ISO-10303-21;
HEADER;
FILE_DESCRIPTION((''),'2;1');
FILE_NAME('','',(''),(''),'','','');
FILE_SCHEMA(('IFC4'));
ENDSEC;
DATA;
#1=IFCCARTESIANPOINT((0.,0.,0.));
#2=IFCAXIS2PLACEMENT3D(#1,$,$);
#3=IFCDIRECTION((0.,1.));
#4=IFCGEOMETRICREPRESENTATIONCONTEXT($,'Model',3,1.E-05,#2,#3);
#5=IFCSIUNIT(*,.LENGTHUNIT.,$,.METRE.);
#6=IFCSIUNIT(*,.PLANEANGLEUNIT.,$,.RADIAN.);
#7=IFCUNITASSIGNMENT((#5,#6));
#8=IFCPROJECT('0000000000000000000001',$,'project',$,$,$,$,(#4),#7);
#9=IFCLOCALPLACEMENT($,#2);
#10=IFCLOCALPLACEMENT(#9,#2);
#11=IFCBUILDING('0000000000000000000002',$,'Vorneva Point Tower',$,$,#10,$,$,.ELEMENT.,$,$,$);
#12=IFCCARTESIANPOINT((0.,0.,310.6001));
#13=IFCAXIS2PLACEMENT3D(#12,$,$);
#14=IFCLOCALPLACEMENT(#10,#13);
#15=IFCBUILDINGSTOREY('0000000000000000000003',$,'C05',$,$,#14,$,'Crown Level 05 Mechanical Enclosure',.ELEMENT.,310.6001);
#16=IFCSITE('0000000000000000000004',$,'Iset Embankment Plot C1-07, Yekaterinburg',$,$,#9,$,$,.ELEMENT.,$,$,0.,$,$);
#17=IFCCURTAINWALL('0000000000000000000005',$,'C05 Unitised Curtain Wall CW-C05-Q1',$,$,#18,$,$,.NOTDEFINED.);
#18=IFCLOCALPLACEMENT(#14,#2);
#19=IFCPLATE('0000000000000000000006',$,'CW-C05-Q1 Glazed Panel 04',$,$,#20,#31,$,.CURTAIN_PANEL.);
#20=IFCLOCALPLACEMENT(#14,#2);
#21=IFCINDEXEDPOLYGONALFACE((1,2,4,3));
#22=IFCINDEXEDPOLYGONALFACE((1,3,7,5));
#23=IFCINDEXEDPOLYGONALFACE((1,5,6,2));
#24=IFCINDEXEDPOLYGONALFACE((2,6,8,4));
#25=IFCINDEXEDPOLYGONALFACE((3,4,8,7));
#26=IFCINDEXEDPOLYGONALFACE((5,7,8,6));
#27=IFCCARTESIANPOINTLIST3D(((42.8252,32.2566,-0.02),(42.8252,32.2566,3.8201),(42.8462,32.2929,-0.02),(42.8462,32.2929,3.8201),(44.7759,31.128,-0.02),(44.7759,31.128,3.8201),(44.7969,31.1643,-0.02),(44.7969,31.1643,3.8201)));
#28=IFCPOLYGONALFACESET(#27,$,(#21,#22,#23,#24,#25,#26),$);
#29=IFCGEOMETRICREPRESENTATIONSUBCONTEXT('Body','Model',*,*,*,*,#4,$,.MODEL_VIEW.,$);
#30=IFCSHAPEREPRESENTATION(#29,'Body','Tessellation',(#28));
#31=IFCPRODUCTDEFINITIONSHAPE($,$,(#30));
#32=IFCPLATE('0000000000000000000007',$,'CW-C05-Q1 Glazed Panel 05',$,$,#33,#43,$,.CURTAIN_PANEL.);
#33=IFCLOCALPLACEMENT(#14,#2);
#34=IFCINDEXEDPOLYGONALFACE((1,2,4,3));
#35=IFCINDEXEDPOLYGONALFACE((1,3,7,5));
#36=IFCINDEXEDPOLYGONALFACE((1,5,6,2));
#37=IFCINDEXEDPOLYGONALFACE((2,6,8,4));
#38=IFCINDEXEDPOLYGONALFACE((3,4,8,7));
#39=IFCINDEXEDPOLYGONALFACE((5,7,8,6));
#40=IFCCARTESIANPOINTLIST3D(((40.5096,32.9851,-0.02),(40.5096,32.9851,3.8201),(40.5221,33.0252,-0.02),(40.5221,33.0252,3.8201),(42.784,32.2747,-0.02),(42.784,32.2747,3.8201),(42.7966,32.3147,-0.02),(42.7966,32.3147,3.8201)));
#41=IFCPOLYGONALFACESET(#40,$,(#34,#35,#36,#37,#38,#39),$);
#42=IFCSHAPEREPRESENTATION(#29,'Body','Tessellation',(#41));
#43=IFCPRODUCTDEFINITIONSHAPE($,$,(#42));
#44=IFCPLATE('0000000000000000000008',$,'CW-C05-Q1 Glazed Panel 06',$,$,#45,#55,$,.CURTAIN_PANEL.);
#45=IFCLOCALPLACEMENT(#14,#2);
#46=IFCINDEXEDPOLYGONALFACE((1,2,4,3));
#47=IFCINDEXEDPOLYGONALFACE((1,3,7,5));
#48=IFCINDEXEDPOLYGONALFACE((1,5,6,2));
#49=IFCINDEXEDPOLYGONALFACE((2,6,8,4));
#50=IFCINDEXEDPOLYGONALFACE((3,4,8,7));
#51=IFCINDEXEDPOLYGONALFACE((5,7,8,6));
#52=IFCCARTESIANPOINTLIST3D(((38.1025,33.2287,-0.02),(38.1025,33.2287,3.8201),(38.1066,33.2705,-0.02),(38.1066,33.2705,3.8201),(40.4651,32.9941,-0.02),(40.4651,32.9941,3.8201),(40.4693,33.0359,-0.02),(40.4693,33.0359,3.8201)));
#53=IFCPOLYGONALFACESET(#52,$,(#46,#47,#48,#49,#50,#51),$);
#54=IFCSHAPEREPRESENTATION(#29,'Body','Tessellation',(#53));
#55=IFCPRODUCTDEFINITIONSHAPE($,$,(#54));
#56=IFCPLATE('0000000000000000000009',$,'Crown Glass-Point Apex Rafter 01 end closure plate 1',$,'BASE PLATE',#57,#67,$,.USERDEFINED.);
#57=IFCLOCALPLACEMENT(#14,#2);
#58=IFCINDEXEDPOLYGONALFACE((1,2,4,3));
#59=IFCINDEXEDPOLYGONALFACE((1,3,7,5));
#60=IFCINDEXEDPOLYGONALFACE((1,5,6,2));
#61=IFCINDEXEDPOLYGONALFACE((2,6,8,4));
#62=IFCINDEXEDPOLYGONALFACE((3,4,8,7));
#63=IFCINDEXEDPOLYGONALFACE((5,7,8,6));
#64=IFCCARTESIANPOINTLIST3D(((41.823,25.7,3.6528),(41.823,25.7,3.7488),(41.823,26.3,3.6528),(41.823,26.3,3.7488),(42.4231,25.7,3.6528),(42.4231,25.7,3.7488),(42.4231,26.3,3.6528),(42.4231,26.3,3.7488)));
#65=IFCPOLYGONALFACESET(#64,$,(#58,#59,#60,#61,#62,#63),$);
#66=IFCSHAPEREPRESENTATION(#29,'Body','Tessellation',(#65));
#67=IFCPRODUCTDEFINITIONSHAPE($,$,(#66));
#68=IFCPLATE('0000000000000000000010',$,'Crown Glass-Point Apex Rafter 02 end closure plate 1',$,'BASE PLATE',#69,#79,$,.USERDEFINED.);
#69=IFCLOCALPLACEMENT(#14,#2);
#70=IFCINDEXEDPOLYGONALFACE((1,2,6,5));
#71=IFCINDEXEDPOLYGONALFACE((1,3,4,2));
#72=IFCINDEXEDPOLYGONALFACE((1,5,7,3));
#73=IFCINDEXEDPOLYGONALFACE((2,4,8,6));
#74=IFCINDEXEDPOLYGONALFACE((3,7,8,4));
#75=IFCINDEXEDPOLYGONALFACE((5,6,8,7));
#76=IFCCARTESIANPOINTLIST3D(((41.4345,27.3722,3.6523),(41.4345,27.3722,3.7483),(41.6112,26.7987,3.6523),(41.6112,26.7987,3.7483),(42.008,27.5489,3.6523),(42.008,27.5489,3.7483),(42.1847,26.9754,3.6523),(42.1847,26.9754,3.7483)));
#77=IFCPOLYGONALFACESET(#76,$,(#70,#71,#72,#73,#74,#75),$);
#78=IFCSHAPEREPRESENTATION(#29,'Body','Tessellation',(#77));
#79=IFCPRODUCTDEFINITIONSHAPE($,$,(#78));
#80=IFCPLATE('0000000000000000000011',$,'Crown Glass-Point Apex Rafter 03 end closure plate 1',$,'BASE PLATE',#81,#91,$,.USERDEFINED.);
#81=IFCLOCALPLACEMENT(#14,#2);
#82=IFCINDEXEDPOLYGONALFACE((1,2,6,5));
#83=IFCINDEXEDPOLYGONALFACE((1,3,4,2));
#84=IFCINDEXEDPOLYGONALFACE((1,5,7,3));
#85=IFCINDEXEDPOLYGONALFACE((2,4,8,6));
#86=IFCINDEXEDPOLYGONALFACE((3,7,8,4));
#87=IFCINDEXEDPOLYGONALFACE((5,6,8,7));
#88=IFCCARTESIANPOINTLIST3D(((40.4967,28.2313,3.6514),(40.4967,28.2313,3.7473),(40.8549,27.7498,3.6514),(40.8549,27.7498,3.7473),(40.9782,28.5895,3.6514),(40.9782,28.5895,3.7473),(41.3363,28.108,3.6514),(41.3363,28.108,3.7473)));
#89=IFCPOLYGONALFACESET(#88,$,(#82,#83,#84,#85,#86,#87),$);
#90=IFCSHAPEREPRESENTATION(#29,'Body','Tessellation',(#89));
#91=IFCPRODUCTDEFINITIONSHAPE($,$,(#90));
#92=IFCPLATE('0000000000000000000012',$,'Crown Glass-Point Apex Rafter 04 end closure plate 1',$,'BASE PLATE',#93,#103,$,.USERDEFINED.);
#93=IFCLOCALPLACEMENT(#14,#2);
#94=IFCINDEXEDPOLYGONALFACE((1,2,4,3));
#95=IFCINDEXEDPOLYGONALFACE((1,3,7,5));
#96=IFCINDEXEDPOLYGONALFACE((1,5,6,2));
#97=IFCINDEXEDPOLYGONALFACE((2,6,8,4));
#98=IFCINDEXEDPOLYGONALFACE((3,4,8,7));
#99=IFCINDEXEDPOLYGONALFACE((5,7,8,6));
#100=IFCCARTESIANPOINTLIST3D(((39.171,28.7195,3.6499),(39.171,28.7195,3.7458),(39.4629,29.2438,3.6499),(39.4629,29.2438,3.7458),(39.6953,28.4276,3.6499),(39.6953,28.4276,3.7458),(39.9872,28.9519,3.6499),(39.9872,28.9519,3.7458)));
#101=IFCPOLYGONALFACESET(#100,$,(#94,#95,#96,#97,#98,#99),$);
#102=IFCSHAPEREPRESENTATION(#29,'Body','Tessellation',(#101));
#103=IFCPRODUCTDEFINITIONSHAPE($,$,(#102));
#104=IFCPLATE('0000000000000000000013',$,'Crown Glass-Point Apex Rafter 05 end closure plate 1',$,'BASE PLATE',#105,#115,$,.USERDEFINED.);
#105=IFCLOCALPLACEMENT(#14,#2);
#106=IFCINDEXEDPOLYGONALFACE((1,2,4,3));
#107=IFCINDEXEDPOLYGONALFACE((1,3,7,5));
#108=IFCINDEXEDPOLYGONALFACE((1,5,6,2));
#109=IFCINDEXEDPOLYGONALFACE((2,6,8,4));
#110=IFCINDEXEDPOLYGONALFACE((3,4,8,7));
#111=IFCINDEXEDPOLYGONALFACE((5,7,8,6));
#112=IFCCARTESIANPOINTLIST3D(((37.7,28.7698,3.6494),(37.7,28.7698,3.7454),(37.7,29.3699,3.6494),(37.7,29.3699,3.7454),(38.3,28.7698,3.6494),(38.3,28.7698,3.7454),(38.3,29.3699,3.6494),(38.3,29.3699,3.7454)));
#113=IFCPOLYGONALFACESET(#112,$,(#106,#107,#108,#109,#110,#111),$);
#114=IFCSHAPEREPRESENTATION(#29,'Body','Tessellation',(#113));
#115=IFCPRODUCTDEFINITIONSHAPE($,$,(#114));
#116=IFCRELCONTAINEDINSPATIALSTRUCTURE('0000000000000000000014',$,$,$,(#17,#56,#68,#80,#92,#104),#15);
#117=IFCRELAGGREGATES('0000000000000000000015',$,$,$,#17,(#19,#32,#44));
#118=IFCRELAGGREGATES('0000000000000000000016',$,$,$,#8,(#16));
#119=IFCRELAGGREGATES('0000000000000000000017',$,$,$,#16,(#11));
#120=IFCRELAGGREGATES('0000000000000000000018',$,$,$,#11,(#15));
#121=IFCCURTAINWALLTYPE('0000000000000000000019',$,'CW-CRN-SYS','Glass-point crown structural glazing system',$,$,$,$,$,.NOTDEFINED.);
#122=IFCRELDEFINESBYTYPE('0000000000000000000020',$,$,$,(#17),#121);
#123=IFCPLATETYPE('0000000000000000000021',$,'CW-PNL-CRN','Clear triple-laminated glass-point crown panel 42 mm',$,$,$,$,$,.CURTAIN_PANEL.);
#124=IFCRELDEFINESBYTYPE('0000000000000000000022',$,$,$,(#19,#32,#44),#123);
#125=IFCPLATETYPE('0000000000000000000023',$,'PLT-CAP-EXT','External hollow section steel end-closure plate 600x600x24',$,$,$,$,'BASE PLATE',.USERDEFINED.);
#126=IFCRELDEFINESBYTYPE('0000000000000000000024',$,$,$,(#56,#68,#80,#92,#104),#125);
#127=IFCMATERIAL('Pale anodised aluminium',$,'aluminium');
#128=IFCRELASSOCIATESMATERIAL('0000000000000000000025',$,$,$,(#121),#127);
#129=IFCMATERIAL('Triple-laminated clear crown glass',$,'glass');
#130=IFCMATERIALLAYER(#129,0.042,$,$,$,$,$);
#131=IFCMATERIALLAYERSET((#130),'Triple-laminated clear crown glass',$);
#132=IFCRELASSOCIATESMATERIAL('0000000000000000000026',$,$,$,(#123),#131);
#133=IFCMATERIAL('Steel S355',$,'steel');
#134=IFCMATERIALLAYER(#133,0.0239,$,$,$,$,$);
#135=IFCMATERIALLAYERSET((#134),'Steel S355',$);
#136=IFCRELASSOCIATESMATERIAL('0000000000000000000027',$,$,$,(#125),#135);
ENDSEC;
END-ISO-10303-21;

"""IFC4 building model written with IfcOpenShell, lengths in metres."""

from ifc_helpers import new_model, si_unit, direction, frame, origin, origin_2d, place, context, subcontext, project, spatial, rectangle, extrude, material, layer, layer_set, type_object, element, aggregate, save


model = new_model("IFC4")

# Units and contexts
model_context = context("Model", 3, precision=1e-05, world=origin(), true_north=direction((0.0, 1.0)))
body_context = subcontext(model_context, "Body", "Model", "MODEL_VIEW")
ifc_project = project(units=[si_unit("LENGTHUNIT", "METRE"), si_unit("PLANEANGLEUNIT", "RADIAN")], contexts=[model_context])

# Site, building, storey
site_placement = place(None, origin())
site = spatial("IfcSite", under=ifc_project, at=site_placement, Name="Iset Embankment Plot C1-07, Yekaterinburg", CompositionType="ELEMENT", RefElevation=0.0)
building_placement = place(site_placement, origin())
building = spatial("IfcBuilding", under=site, at=building_placement, Name="Vorneva Point Tower", CompositionType="ELEMENT")
storey_placement = place(building_placement, frame((0.0, 0.0, 310.6001)))
storey = spatial("IfcBuildingStorey", under=building, at=storey_placement, Name="C05", LongName="Crown Level 05 Mechanical Enclosure", CompositionType="ELEMENT", Elevation=310.6001)

# Shared definitions
ifc_material_1 = material(Name="Steel S355", Category="steel")

# Curtain wall
ifc_material_2 = material(Name="Pale anodised aluminium", Category="aluminium")
curtain_wall_type = type_object("IfcCurtainWallType", Name="CW-CRN-SYS", Description="Glass-point crown structural glazing system", PredefinedType="NOTDEFINED", material=ifc_material_2)
curtain_wall_placement = place(storey_placement, origin())
curtain_wall = element("IfcCurtainWall", 1, at=curtain_wall_placement, inside=storey, type_object=curtain_wall_type, Name="C05 Unitised Curtain Wall CW-C05-Q1", PredefinedType="NOTDEFINED")

# Plates
ifc_material_3 = material(Name="Triple-laminated clear crown glass", Category="glass")
ifc_layer_1 = layer(ifc_material_3, 0.042)
ifc_layer_set_1 = layer_set([ifc_layer_1], Name="Triple-laminated clear crown glass")
plate_type_1 = type_object("IfcPlateType", Name="CW-PNL-CRN", Description="Clear triple-laminated glass-point crown panel 42 mm", PredefinedType="CURTAIN_PANEL", material=ifc_layer_set_1)
plate_1_placement = place(storey_placement, frame((43.811, 31.7104, -0.02), z_axis=(0.0, 0.0, 1.0), x_axis=(-0.865563, 0.500801, 0.0)))
plate_1 = element("IfcPlate", 2, at=plate_1_placement, type_object=plate_type_1, Name="CW-C05-Q1 Glazed Panel 04", PredefinedType="CURTAIN_PANEL", context=body_context, shape_type="SweptSolid", body=[
    extrude(rectangle(XDim=2.2537, YDim=0.042, at=origin_2d()), origin(), (0.0, 0.0, 1.0), 3.8401),
])
plate_2_placement = place(storey_placement, frame((41.6531, 32.6499, -0.02), z_axis=(0.0, 0.0, 1.0), x_axis=(-0.954522, 0.298141, 0.0)))
plate_2 = element("IfcPlate", 3, at=plate_2_placement, type_object=plate_type_1, Name="CW-C05-Q1 Glazed Panel 05", PredefinedType="CURTAIN_PANEL", context=body_context, shape_type="SweptSolid", body=[
    extrude(rectangle(XDim=2.3828, YDim=0.042, at=origin_2d()), origin(), (0.0, 0.0, 1.0), 3.8401),
])
plate_3_placement = place(storey_placement, frame((39.2859, 33.1323, -0.02), z_axis=(0.0, 0.0, 1.0), x_axis=(-0.995107, 0.098799, 0.0)))
plate_3 = element("IfcPlate", 4, at=plate_3_placement, type_object=plate_type_1, Name="CW-C05-Q1 Glazed Panel 06", PredefinedType="CURTAIN_PANEL", context=body_context, shape_type="SweptSolid", body=[
    extrude(rectangle(XDim=2.3743, YDim=0.042, at=origin_2d()), origin(), (0.0, 0.0, 1.0), 3.8401),
])
aggregate(curtain_wall, [plate_1, plate_2, plate_3])

# Plates
ifc_layer_2 = layer(ifc_material_1, 0.0239)
ifc_layer_set_2 = layer_set([ifc_layer_2], Name="Steel S355")
plate_type_2 = type_object("IfcPlateType", Name="PLT-CAP-EXT", Description="External hollow section steel end-closure plate 600x600x24", ElementType="BASE PLATE", PredefinedType="USERDEFINED", material=ifc_layer_set_2)
for number, where, z_axis, x_axis, name in (
    (5, (42.123, 26.0, 3.6528), (0.0, 0.0, 1.0), (-1.0, 0.0, 0.0), "Crown Glass-Point Apex Rafter 01 end closure plate 1"),
    (6, (41.8096, 27.1738, 3.6523), (0.0, 0.0, 1.0), (-0.955659, -0.294474, 0.0), "Crown Glass-Point Apex Rafter 02 end closure plate 1"),
    (7, (40.9165, 28.1697, 3.6514), (0.0, 0.0, 1.0), (-0.802339, -0.596869, 0.0), "Crown Glass-Point Apex Rafter 03 end closure plate 1"),
    (8, (39.5791, 28.8357, 3.6499), (0.0, 0.0, 1.0), (-0.486488, -0.873687, 0.0), "Crown Glass-Point Apex Rafter 04 end closure plate 1"),
    (9, (38.0, 29.0698, 3.6494), (0.0, 0.0, 1.0), (0.0, -1.0, 0.0), "Crown Glass-Point Apex Rafter 05 end closure plate 1"),
):
    element("IfcPlate", number, at=place(storey_placement, frame(where, z_axis=z_axis, x_axis=x_axis)), inside=storey, type_object=plate_type_2, Name=name, ObjectType="BASE PLATE", PredefinedType="USERDEFINED", context=body_context, shape_type="SweptSolid", body=[
        extrude(rectangle(XDim=0.6001, YDim=0.6001, at=origin_2d()), origin(), (0.0, 0.0, 1.0), 0.0959),
    ])

save(model, "model.ifc")
